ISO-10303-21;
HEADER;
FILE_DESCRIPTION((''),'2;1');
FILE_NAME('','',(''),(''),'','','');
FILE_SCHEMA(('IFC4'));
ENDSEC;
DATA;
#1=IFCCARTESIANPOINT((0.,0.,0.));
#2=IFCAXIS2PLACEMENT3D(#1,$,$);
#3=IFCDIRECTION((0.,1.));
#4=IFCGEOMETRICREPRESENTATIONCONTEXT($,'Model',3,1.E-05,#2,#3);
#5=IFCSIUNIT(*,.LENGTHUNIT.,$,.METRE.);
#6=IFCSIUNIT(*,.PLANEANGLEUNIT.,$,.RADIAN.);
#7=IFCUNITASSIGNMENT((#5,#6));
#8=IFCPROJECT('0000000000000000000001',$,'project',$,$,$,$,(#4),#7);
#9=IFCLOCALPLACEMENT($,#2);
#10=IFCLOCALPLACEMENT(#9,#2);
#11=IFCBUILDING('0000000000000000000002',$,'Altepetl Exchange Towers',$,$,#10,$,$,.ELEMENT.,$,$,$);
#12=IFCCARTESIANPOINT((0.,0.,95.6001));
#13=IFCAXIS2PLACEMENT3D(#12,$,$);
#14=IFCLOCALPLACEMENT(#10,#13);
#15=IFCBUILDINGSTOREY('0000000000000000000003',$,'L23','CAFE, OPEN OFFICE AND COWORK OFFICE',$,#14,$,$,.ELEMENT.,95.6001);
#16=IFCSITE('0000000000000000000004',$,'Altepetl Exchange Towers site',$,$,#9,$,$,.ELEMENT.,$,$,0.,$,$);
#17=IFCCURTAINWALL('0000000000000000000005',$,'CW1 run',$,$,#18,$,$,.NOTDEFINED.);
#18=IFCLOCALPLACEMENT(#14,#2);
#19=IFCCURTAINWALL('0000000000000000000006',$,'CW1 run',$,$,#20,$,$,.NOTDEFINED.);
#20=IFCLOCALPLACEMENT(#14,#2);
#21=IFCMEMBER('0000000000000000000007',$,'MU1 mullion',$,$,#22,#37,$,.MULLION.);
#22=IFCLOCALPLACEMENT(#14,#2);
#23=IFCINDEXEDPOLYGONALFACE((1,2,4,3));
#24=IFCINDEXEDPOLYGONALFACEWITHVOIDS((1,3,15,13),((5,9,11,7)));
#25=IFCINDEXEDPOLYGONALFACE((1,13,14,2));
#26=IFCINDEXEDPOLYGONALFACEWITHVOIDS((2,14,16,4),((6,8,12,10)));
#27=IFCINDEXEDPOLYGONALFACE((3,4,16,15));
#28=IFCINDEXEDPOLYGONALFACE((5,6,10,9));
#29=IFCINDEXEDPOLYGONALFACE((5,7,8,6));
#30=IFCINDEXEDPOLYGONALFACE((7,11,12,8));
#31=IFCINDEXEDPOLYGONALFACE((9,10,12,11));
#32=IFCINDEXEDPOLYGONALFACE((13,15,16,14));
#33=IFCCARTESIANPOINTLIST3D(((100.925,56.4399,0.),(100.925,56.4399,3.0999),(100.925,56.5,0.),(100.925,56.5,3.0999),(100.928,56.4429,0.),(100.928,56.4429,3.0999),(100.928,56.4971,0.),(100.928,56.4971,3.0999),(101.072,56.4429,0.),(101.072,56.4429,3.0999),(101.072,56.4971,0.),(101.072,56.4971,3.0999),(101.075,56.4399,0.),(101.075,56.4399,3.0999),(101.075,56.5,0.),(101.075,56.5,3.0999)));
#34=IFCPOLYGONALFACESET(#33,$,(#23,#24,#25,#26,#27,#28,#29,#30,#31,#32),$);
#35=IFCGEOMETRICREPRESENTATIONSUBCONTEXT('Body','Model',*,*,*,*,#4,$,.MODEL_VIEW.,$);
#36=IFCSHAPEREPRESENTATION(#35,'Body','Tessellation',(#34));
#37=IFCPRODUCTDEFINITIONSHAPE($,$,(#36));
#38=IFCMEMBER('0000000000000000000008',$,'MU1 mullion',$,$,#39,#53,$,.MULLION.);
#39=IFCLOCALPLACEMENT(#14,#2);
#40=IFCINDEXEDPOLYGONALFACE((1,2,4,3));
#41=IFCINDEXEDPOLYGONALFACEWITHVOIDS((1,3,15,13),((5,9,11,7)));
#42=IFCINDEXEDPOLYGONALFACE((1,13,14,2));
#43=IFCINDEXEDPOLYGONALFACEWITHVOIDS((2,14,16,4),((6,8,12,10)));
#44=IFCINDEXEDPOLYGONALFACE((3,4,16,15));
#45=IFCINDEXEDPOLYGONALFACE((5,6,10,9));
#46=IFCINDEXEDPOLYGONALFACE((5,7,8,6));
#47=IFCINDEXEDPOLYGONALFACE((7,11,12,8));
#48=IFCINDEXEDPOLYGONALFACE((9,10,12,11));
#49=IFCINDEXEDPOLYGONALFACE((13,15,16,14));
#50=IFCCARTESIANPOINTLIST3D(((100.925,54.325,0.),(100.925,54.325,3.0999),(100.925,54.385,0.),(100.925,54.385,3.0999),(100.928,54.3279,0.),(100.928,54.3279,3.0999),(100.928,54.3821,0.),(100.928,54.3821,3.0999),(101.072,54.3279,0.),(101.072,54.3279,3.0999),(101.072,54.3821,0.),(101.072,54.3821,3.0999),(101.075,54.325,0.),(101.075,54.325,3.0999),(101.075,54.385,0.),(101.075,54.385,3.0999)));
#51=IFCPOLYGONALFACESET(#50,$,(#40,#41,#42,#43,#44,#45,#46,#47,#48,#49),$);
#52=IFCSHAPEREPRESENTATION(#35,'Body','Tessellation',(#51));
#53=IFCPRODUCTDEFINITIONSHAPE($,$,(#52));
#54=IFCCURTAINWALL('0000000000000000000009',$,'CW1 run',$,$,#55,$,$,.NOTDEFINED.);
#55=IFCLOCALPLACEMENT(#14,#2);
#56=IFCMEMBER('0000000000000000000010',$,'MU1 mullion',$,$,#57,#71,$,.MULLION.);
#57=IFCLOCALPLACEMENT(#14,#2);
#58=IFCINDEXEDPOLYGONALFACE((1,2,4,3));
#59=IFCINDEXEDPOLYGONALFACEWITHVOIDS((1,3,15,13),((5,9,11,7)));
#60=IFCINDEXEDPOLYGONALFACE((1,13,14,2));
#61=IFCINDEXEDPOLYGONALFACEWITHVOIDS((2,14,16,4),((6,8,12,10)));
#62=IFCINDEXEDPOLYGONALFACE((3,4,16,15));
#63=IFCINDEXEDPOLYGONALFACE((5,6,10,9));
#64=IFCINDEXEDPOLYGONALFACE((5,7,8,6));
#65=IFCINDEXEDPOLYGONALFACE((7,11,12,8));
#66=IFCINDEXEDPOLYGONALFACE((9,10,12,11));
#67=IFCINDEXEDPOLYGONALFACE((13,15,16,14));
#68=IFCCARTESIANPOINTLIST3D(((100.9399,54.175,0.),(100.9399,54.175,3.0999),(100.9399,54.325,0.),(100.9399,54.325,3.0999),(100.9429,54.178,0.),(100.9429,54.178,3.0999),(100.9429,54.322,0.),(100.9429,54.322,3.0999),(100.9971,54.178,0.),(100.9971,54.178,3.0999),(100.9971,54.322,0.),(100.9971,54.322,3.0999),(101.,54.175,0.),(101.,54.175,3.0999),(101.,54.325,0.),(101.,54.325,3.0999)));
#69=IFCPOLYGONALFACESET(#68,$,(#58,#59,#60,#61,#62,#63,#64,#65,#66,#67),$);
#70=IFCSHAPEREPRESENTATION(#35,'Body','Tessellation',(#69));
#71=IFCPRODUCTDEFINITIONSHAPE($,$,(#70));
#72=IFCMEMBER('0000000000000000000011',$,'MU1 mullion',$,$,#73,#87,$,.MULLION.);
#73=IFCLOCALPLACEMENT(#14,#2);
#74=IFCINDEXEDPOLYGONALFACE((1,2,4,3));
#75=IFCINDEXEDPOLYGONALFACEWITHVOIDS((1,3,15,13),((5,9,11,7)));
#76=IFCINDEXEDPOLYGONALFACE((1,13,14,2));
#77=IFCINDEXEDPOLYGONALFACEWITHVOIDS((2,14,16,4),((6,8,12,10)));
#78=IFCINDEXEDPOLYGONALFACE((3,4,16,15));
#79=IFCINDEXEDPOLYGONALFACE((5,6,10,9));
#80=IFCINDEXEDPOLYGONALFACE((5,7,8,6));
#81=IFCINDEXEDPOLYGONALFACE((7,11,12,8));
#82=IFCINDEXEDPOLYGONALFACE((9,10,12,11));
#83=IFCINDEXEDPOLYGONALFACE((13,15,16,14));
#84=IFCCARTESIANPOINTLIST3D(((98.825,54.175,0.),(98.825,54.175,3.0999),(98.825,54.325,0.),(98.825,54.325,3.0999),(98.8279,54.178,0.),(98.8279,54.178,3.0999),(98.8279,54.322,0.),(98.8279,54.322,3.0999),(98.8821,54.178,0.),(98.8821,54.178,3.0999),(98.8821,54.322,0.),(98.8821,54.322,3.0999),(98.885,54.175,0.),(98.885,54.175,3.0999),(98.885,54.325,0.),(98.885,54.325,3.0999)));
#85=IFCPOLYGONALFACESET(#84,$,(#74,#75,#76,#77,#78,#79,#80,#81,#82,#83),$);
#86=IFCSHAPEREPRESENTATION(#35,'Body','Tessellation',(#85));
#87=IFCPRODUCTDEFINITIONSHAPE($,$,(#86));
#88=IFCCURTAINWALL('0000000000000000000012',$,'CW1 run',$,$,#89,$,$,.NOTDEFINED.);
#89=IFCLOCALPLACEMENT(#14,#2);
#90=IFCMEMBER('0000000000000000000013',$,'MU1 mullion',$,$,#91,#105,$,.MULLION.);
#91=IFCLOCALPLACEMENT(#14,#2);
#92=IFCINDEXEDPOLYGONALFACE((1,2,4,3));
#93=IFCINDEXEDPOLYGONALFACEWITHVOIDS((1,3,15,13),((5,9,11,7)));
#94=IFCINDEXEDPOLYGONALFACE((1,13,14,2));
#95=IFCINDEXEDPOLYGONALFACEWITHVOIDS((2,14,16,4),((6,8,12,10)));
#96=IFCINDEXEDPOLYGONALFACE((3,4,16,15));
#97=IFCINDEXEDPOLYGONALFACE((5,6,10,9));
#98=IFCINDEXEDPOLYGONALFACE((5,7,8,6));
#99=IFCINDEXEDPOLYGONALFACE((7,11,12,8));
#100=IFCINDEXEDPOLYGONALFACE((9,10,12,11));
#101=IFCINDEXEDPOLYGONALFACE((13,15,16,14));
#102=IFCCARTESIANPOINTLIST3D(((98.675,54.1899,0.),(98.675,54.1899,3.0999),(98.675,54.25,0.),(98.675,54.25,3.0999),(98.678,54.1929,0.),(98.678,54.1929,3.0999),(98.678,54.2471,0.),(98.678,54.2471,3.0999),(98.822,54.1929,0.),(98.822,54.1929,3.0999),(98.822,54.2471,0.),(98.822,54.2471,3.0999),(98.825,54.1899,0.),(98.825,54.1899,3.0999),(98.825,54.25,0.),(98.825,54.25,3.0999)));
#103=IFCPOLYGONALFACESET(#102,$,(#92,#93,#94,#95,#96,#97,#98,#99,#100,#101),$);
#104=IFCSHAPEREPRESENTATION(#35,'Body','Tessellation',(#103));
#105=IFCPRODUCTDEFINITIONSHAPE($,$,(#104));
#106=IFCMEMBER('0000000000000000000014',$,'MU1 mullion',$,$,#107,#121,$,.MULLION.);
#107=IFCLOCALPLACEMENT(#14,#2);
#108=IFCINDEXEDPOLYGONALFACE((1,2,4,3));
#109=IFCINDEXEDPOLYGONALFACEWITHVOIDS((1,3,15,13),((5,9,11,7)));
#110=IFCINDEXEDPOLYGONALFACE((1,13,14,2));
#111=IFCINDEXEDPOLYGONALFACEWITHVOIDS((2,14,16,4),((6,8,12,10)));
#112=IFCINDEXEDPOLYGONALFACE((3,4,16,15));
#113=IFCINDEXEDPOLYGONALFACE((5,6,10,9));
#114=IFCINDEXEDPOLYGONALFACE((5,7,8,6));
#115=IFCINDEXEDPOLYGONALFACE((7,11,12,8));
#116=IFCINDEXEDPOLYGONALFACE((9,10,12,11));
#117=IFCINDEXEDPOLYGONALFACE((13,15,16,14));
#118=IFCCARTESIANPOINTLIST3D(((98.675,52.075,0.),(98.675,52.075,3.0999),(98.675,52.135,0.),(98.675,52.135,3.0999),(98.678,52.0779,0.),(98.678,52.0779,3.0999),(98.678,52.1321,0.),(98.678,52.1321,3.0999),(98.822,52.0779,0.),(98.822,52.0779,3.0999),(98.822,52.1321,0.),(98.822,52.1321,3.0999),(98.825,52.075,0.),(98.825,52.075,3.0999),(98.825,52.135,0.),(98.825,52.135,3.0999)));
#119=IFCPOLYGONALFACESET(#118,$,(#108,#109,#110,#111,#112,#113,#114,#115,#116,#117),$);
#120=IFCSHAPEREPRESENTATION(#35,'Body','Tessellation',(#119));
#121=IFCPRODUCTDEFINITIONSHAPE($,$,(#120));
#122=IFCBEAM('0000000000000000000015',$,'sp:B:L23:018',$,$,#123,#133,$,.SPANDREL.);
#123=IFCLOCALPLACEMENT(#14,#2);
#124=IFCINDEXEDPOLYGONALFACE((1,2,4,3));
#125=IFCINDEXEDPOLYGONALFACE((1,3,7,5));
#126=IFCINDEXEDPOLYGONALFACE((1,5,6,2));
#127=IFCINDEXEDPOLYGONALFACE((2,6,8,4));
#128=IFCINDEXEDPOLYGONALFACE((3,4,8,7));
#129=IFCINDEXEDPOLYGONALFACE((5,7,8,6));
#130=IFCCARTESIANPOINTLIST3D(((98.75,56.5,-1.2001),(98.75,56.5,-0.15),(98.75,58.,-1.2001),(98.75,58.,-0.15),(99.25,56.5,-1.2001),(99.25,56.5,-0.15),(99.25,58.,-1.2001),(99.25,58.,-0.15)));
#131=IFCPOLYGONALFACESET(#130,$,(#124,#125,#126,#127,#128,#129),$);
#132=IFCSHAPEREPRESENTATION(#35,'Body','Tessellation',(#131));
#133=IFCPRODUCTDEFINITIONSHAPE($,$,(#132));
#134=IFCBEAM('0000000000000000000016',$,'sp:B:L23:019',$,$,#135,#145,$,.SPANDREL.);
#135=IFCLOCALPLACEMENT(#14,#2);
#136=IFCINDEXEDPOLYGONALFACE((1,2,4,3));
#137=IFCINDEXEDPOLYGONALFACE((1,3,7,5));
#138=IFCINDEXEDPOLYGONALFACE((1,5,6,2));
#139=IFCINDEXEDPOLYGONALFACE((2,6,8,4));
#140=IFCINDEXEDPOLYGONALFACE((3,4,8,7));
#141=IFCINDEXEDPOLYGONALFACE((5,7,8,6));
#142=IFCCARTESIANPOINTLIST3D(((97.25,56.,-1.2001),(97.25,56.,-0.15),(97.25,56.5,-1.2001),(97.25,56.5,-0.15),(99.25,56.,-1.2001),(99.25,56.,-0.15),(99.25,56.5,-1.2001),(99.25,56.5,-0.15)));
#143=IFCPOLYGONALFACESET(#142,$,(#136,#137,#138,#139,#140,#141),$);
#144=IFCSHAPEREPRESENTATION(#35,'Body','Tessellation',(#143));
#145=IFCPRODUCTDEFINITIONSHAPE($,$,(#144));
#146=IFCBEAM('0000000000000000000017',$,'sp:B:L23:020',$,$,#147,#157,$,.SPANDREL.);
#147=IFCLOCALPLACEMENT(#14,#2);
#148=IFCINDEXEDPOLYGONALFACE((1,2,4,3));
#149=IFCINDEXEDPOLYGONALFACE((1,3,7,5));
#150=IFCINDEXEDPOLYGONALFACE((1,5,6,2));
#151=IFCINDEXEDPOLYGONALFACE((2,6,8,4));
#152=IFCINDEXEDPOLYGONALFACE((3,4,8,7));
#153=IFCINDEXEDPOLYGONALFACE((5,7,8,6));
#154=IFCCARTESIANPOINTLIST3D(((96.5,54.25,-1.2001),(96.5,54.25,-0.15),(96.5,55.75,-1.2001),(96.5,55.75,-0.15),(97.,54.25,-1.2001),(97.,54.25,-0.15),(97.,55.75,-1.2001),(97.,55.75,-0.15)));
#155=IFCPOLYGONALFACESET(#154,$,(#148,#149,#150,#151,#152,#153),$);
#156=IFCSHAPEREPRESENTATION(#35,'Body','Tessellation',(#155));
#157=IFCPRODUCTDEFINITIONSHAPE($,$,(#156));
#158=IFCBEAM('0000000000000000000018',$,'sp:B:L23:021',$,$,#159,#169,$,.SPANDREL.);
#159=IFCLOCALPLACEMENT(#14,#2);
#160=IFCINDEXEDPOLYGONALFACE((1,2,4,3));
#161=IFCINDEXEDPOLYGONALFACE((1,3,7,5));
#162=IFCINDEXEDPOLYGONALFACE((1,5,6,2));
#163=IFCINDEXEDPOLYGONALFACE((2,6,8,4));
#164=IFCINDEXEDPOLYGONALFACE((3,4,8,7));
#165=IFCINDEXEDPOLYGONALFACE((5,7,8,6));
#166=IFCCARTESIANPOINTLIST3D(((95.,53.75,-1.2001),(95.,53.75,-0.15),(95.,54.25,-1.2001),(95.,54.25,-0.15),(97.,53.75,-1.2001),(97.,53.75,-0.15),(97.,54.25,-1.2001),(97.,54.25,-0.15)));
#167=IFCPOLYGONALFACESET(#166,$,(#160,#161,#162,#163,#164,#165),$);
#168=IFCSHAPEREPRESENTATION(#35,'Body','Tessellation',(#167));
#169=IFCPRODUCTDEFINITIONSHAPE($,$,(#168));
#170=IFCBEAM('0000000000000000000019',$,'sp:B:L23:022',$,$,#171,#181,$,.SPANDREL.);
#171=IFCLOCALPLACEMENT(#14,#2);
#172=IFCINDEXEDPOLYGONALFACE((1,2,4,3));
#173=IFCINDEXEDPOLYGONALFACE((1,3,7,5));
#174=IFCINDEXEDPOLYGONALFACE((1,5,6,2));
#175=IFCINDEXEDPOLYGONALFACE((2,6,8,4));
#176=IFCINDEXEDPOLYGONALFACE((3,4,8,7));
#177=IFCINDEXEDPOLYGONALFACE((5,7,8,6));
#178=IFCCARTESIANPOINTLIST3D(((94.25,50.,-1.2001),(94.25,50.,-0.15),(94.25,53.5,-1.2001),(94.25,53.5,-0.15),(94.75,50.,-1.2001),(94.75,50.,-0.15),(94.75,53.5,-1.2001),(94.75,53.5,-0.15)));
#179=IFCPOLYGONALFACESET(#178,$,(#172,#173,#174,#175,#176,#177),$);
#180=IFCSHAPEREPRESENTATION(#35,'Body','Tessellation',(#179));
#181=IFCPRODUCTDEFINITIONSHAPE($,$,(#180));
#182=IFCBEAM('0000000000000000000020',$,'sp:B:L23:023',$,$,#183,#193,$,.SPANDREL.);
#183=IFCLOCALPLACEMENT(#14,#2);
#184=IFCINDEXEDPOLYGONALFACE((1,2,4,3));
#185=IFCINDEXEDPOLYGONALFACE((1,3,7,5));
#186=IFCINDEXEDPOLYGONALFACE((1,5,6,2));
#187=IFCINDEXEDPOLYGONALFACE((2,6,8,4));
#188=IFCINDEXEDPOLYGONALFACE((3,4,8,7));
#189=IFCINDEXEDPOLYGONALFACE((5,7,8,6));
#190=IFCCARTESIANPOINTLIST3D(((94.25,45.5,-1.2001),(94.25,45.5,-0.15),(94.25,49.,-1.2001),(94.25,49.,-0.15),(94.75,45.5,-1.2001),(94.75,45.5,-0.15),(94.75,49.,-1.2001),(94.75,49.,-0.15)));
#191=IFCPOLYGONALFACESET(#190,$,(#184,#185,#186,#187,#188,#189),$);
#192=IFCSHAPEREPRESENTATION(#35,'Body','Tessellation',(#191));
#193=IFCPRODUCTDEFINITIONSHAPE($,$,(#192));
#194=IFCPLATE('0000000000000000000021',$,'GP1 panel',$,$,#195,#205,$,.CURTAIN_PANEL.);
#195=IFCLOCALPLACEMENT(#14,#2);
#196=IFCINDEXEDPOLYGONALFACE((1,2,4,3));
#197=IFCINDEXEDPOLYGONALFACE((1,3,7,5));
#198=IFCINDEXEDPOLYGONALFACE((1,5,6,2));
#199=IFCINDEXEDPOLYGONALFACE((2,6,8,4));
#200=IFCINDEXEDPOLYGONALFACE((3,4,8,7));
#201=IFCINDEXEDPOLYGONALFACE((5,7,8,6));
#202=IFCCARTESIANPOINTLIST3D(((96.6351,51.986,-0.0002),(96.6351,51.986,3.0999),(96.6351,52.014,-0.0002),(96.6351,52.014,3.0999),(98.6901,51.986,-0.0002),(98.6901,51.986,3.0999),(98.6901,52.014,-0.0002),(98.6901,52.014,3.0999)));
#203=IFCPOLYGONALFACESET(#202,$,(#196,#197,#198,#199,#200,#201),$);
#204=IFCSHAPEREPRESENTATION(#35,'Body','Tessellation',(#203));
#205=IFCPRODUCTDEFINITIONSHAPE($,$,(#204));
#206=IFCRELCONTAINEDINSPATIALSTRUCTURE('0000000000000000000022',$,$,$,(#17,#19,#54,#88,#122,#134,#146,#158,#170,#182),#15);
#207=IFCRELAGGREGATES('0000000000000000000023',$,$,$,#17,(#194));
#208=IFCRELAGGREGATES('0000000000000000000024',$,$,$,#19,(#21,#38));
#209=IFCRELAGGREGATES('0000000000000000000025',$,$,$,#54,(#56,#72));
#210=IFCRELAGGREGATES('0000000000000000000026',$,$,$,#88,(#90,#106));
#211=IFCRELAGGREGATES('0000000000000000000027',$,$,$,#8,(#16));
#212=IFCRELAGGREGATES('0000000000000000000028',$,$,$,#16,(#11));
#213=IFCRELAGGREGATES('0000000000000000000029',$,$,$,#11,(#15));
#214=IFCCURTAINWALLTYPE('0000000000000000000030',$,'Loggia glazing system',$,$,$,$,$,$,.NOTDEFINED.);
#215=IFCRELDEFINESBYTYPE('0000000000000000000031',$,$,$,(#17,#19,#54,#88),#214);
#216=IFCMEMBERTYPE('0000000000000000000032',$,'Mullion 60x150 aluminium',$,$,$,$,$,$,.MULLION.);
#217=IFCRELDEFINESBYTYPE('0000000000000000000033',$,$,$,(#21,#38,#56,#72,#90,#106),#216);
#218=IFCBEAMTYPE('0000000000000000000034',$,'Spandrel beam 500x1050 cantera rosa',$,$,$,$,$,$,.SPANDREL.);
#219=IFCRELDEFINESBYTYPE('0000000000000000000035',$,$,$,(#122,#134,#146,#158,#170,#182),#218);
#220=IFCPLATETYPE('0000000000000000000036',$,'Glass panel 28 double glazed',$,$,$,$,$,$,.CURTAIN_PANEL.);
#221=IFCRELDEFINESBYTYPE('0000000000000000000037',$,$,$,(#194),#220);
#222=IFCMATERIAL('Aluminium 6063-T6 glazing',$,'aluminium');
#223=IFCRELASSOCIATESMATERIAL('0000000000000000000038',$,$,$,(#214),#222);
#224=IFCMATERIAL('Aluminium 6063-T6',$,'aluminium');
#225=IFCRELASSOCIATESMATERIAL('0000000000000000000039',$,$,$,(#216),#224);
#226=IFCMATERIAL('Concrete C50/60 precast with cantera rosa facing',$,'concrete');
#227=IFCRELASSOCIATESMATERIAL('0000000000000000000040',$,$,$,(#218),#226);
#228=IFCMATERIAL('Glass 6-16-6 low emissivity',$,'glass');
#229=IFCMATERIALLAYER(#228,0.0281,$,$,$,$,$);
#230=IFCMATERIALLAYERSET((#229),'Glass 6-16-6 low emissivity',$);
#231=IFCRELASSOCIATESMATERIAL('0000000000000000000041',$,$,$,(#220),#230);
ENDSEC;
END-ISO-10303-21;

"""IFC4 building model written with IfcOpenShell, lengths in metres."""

from ifc_helpers import new_model, si_unit, direction, frame, origin, origin_2d, place, context, subcontext, project, spatial, rectangle, hollow_rectangle, extrude, material, layer, layer_set, material_profile, profile_set, type_object, element, aggregate, save


model = new_model("IFC4")

# Units and contexts
model_context = context("Model", 3, precision=1e-05, world=origin(), true_north=direction((0.0, 1.0)))
body_context = subcontext(model_context, "Body", "Model", "MODEL_VIEW")
ifc_project = project(units=[si_unit("LENGTHUNIT", "METRE"), si_unit("PLANEANGLEUNIT", "RADIAN")], contexts=[model_context])

# Site, building, storey
site_placement = place(None, origin())
site = spatial("IfcSite", under=ifc_project, at=site_placement, Name="Altepetl Exchange Towers site", CompositionType="ELEMENT", RefElevation=0.0)
building_placement = place(site_placement, origin())
building = spatial("IfcBuilding", under=site, at=building_placement, Name="Altepetl Exchange Towers", CompositionType="ELEMENT")
storey_placement = place(building_placement, frame((0.0, 0.0, 95.6001)))
storey = spatial("IfcBuildingStorey", under=building, at=storey_placement, Name="L23", Description="CAFE, OPEN OFFICE AND COWORK OFFICE", CompositionType="ELEMENT", Elevation=95.6001)

# Curtain wall
ifc_material_1 = material(Name="Aluminium 6063-T6 glazing", Category="aluminium")
curtain_wall_type = type_object("IfcCurtainWallType", Name="Loggia glazing system", PredefinedType="NOTDEFINED", material=ifc_material_1)
curtain_wall_1_placement = place(storey_placement, origin())
curtain_wall_1 = element("IfcCurtainWall", 1, at=curtain_wall_1_placement, inside=storey, type_object=curtain_wall_type, Name="CW1 run", PredefinedType="NOTDEFINED")
ifc_material_2 = material(Name="Aluminium 6063-T6", Category="aluminium")
ifc_material_profile_1 = material_profile(ifc_material_2, hollow_rectangle(XDim=0.0601, YDim=0.1499, WallThickness=0.0029, at=origin_2d()), Name="Mullion 60x150 aluminium")
ifc_profile_set_1 = profile_set([ifc_material_profile_1], Name="Aluminium 6063-T6")
member_type = type_object("IfcMemberType", Name="Mullion 60x150 aluminium", PredefinedType="MULLION", material=ifc_profile_set_1)

# Curtain walls, members
curtain_wall_2_placement = place(storey_placement, origin())
curtain_wall_2 = element("IfcCurtainWall", 2, at=curtain_wall_2_placement, inside=storey, type_object=curtain_wall_type, Name="CW1 run", PredefinedType="NOTDEFINED")
member_1_placement = place(storey_placement, frame((101.0, 56.47, 0.0), z_axis=(0.0, 0.0, 1.0), x_axis=(0.0, -1.0, 0.0)))
member_1 = element("IfcMember", 3, at=member_1_placement, type_object=member_type, Name="MU1 mullion", PredefinedType="MULLION", context=body_context, shape_type="SweptSolid", body=[
    extrude(hollow_rectangle(XDim=0.0601, YDim=0.1499, WallThickness=0.0029, at=origin_2d()), origin(), (0.0, 0.0, 1.0), 3.0999),
])
member_2_placement = place(storey_placement, frame((101.0, 54.355, 0.0), z_axis=(0.0, 0.0, 1.0), x_axis=(0.0, -1.0, 0.0)))
member_2 = element("IfcMember", 4, at=member_2_placement, type_object=member_type, Name="MU1 mullion", PredefinedType="MULLION", context=body_context, shape_type="SweptSolid", body=[
    extrude(hollow_rectangle(XDim=0.0601, YDim=0.1499, WallThickness=0.0029, at=origin_2d()), origin(), (0.0, 0.0, 1.0), 3.0999),
])
curtain_wall_3_placement = place(storey_placement, origin())
curtain_wall_3 = element("IfcCurtainWall", 5, at=curtain_wall_3_placement, inside=storey, type_object=curtain_wall_type, Name="CW1 run", PredefinedType="NOTDEFINED")
member_3_placement = place(storey_placement, frame((100.97, 54.25, 0.0), z_axis=(0.0, 0.0, 1.0), x_axis=(-1.0, 0.0, 0.0)))
member_3 = element("IfcMember", 6, at=member_3_placement, type_object=member_type, Name="MU1 mullion", PredefinedType="MULLION", context=body_context, shape_type="SweptSolid", body=[
    extrude(hollow_rectangle(XDim=0.0601, YDim=0.1499, WallThickness=0.0029, at=origin_2d()), origin(), (0.0, 0.0, 1.0), 3.0999),
])
member_4_placement = place(storey_placement, frame((98.855, 54.25, 0.0), z_axis=(0.0, 0.0, 1.0), x_axis=(-1.0, 0.0, 0.0)))
member_4 = element("IfcMember", 7, at=member_4_placement, type_object=member_type, Name="MU1 mullion", PredefinedType="MULLION", context=body_context, shape_type="SweptSolid", body=[
    extrude(hollow_rectangle(XDim=0.0601, YDim=0.1499, WallThickness=0.0029, at=origin_2d()), origin(), (0.0, 0.0, 1.0), 3.0999),
])
curtain_wall_4_placement = place(storey_placement, origin())
curtain_wall_4 = element("IfcCurtainWall", 8, at=curtain_wall_4_placement, inside=storey, type_object=curtain_wall_type, Name="CW1 run", PredefinedType="NOTDEFINED")
member_5_placement = place(storey_placement, frame((98.75, 54.22, 0.0), z_axis=(0.0, 0.0, 1.0), x_axis=(0.0, -1.0, 0.0)))
member_5 = element("IfcMember", 9, at=member_5_placement, type_object=member_type, Name="MU1 mullion", PredefinedType="MULLION", context=body_context, shape_type="SweptSolid", body=[
    extrude(hollow_rectangle(XDim=0.0601, YDim=0.1499, WallThickness=0.0029, at=origin_2d()), origin(), (0.0, 0.0, 1.0), 3.0999),
])
member_6_placement = place(storey_placement, frame((98.75, 52.105, 0.0), z_axis=(0.0, 0.0, 1.0), x_axis=(0.0, -1.0, 0.0)))
member_6 = element("IfcMember", 10, at=member_6_placement, type_object=member_type, Name="MU1 mullion", PredefinedType="MULLION", context=body_context, shape_type="SweptSolid", body=[
    extrude(hollow_rectangle(XDim=0.0601, YDim=0.1499, WallThickness=0.0029, at=origin_2d()), origin(), (0.0, 0.0, 1.0), 3.0999),
])

# Beams
ifc_material_3 = material(Name="Concrete C50/60 precast with cantera rosa facing", Category="concrete")
ifc_material_profile_2 = material_profile(ifc_material_3, rectangle(XDim=0.5, YDim=1.05, at=origin_2d()), Name="500 x 1050")
ifc_profile_set_2 = profile_set([ifc_material_profile_2], Name="Concrete C50/60 precast with cantera rosa facing")
beam_type_1 = type_object("IfcBeamType", Name="Spandrel beam 500x1050 cantera rosa", PredefinedType="SPANDREL", material=ifc_profile_set_2)
beam_1_placement = place(storey_placement, frame((99.0, 58.0, -0.675), z_axis=(0.0, -1.0, 0.0), x_axis=(1.0, 0.0, 0.0)))
element("IfcBeam", 11, at=beam_1_placement, inside=storey, type_object=beam_type_1, Name="sp:B:L23:018", PredefinedType="SPANDREL", context=body_context, shape_type="SweptSolid", body=[
    extrude(rectangle(XDim=0.5, YDim=1.05, at=origin_2d()), origin(), (0.0, 0.0, 1.0), 1.5),
])
beam_2_placement = place(storey_placement, frame((99.25, 56.25, -0.675), z_axis=(-1.0, 0.0, 0.0), x_axis=(0.0, -1.0, 0.0)))
element("IfcBeam", 12, at=beam_2_placement, inside=storey, type_object=beam_type_1, Name="sp:B:L23:019", PredefinedType="SPANDREL", context=body_context, shape_type="SweptSolid", body=[
    extrude(rectangle(XDim=0.5, YDim=1.05, at=origin_2d()), origin(), (0.0, 0.0, 1.0), 2.0),
])
beam_3_placement = place(storey_placement, frame((96.75, 55.75, -0.675), z_axis=(0.0, -1.0, 0.0), x_axis=(1.0, 0.0, 0.0)))
element("IfcBeam", 13, at=beam_3_placement, inside=storey, type_object=beam_type_1, Name="sp:B:L23:020", PredefinedType="SPANDREL", context=body_context, shape_type="SweptSolid", body=[
    extrude(rectangle(XDim=0.5, YDim=1.05, at=origin_2d()), origin(), (0.0, 0.0, 1.0), 1.5),
])
beam_4_placement = place(storey_placement, frame((97.0, 54.0, -0.675), z_axis=(-1.0, 0.0, 0.0), x_axis=(0.0, -1.0, 0.0)))
element("IfcBeam", 14, at=beam_4_placement, inside=storey, type_object=beam_type_1, Name="sp:B:L23:021", PredefinedType="SPANDREL", context=body_context, shape_type="SweptSolid", body=[
    extrude(rectangle(XDim=0.5, YDim=1.05, at=origin_2d()), origin(), (0.0, 0.0, 1.0), 2.0),
])
for number, where, z_axis, x_axis, name in (
    (15, (94.5, 53.5, -0.675), (0.0, -1.0, 0.0), (1.0, 0.0, 0.0), "sp:B:L23:022"),
    (16, (94.5, 49.0, -0.675), (0.0, -1.0, 0.0), (1.0, 0.0, 0.0), "sp:B:L23:023"),
):
    element("IfcBeam", number, at=place(storey_placement, frame(where, z_axis=z_axis, x_axis=x_axis)), inside=storey, type_object=beam_type_1, Name=name, PredefinedType="SPANDREL", context=body_context, shape_type="SweptSolid", body=[
        extrude(rectangle(XDim=0.5, YDim=1.05, at=origin_2d()), origin(), (0.0, 0.0, 1.0), 3.5),
    ])

# Plate
ifc_material_4 = material(Name="Glass 6-16-6 low emissivity", Category="glass")
ifc_layer_1 = layer(ifc_material_4, 0.0281)
ifc_layer_set_1 = layer_set([ifc_layer_1], Name="Glass 6-16-6 low emissivity")
plate_type = type_object("IfcPlateType", Name="Glass panel 28 double glazed", PredefinedType="CURTAIN_PANEL", material=ifc_layer_set_1)
plate_1_placement = place(storey_placement, frame((97.6626, 52.0, -0.0002), z_axis=(0.0, 0.0, 1.0), x_axis=(-1.0, 0.0, 0.0)))
plate_1 = element("IfcPlate", 17, at=plate_1_placement, type_object=plate_type, Name="GP1 panel", PredefinedType="CURTAIN_PANEL", context=body_context, shape_type="SweptSolid", body=[
    extrude(rectangle(XDim=2.0549, YDim=0.0281, at=origin_2d()), origin(), (0.0, 0.0, 1.0), 3.1001),
])
aggregate(curtain_wall_1, [plate_1])
aggregate(curtain_wall_2, [member_1, member_2])
aggregate(curtain_wall_3, [member_3, member_4])
aggregate(curtain_wall_4, [member_5, member_6])

save(model, "model.ifc")
